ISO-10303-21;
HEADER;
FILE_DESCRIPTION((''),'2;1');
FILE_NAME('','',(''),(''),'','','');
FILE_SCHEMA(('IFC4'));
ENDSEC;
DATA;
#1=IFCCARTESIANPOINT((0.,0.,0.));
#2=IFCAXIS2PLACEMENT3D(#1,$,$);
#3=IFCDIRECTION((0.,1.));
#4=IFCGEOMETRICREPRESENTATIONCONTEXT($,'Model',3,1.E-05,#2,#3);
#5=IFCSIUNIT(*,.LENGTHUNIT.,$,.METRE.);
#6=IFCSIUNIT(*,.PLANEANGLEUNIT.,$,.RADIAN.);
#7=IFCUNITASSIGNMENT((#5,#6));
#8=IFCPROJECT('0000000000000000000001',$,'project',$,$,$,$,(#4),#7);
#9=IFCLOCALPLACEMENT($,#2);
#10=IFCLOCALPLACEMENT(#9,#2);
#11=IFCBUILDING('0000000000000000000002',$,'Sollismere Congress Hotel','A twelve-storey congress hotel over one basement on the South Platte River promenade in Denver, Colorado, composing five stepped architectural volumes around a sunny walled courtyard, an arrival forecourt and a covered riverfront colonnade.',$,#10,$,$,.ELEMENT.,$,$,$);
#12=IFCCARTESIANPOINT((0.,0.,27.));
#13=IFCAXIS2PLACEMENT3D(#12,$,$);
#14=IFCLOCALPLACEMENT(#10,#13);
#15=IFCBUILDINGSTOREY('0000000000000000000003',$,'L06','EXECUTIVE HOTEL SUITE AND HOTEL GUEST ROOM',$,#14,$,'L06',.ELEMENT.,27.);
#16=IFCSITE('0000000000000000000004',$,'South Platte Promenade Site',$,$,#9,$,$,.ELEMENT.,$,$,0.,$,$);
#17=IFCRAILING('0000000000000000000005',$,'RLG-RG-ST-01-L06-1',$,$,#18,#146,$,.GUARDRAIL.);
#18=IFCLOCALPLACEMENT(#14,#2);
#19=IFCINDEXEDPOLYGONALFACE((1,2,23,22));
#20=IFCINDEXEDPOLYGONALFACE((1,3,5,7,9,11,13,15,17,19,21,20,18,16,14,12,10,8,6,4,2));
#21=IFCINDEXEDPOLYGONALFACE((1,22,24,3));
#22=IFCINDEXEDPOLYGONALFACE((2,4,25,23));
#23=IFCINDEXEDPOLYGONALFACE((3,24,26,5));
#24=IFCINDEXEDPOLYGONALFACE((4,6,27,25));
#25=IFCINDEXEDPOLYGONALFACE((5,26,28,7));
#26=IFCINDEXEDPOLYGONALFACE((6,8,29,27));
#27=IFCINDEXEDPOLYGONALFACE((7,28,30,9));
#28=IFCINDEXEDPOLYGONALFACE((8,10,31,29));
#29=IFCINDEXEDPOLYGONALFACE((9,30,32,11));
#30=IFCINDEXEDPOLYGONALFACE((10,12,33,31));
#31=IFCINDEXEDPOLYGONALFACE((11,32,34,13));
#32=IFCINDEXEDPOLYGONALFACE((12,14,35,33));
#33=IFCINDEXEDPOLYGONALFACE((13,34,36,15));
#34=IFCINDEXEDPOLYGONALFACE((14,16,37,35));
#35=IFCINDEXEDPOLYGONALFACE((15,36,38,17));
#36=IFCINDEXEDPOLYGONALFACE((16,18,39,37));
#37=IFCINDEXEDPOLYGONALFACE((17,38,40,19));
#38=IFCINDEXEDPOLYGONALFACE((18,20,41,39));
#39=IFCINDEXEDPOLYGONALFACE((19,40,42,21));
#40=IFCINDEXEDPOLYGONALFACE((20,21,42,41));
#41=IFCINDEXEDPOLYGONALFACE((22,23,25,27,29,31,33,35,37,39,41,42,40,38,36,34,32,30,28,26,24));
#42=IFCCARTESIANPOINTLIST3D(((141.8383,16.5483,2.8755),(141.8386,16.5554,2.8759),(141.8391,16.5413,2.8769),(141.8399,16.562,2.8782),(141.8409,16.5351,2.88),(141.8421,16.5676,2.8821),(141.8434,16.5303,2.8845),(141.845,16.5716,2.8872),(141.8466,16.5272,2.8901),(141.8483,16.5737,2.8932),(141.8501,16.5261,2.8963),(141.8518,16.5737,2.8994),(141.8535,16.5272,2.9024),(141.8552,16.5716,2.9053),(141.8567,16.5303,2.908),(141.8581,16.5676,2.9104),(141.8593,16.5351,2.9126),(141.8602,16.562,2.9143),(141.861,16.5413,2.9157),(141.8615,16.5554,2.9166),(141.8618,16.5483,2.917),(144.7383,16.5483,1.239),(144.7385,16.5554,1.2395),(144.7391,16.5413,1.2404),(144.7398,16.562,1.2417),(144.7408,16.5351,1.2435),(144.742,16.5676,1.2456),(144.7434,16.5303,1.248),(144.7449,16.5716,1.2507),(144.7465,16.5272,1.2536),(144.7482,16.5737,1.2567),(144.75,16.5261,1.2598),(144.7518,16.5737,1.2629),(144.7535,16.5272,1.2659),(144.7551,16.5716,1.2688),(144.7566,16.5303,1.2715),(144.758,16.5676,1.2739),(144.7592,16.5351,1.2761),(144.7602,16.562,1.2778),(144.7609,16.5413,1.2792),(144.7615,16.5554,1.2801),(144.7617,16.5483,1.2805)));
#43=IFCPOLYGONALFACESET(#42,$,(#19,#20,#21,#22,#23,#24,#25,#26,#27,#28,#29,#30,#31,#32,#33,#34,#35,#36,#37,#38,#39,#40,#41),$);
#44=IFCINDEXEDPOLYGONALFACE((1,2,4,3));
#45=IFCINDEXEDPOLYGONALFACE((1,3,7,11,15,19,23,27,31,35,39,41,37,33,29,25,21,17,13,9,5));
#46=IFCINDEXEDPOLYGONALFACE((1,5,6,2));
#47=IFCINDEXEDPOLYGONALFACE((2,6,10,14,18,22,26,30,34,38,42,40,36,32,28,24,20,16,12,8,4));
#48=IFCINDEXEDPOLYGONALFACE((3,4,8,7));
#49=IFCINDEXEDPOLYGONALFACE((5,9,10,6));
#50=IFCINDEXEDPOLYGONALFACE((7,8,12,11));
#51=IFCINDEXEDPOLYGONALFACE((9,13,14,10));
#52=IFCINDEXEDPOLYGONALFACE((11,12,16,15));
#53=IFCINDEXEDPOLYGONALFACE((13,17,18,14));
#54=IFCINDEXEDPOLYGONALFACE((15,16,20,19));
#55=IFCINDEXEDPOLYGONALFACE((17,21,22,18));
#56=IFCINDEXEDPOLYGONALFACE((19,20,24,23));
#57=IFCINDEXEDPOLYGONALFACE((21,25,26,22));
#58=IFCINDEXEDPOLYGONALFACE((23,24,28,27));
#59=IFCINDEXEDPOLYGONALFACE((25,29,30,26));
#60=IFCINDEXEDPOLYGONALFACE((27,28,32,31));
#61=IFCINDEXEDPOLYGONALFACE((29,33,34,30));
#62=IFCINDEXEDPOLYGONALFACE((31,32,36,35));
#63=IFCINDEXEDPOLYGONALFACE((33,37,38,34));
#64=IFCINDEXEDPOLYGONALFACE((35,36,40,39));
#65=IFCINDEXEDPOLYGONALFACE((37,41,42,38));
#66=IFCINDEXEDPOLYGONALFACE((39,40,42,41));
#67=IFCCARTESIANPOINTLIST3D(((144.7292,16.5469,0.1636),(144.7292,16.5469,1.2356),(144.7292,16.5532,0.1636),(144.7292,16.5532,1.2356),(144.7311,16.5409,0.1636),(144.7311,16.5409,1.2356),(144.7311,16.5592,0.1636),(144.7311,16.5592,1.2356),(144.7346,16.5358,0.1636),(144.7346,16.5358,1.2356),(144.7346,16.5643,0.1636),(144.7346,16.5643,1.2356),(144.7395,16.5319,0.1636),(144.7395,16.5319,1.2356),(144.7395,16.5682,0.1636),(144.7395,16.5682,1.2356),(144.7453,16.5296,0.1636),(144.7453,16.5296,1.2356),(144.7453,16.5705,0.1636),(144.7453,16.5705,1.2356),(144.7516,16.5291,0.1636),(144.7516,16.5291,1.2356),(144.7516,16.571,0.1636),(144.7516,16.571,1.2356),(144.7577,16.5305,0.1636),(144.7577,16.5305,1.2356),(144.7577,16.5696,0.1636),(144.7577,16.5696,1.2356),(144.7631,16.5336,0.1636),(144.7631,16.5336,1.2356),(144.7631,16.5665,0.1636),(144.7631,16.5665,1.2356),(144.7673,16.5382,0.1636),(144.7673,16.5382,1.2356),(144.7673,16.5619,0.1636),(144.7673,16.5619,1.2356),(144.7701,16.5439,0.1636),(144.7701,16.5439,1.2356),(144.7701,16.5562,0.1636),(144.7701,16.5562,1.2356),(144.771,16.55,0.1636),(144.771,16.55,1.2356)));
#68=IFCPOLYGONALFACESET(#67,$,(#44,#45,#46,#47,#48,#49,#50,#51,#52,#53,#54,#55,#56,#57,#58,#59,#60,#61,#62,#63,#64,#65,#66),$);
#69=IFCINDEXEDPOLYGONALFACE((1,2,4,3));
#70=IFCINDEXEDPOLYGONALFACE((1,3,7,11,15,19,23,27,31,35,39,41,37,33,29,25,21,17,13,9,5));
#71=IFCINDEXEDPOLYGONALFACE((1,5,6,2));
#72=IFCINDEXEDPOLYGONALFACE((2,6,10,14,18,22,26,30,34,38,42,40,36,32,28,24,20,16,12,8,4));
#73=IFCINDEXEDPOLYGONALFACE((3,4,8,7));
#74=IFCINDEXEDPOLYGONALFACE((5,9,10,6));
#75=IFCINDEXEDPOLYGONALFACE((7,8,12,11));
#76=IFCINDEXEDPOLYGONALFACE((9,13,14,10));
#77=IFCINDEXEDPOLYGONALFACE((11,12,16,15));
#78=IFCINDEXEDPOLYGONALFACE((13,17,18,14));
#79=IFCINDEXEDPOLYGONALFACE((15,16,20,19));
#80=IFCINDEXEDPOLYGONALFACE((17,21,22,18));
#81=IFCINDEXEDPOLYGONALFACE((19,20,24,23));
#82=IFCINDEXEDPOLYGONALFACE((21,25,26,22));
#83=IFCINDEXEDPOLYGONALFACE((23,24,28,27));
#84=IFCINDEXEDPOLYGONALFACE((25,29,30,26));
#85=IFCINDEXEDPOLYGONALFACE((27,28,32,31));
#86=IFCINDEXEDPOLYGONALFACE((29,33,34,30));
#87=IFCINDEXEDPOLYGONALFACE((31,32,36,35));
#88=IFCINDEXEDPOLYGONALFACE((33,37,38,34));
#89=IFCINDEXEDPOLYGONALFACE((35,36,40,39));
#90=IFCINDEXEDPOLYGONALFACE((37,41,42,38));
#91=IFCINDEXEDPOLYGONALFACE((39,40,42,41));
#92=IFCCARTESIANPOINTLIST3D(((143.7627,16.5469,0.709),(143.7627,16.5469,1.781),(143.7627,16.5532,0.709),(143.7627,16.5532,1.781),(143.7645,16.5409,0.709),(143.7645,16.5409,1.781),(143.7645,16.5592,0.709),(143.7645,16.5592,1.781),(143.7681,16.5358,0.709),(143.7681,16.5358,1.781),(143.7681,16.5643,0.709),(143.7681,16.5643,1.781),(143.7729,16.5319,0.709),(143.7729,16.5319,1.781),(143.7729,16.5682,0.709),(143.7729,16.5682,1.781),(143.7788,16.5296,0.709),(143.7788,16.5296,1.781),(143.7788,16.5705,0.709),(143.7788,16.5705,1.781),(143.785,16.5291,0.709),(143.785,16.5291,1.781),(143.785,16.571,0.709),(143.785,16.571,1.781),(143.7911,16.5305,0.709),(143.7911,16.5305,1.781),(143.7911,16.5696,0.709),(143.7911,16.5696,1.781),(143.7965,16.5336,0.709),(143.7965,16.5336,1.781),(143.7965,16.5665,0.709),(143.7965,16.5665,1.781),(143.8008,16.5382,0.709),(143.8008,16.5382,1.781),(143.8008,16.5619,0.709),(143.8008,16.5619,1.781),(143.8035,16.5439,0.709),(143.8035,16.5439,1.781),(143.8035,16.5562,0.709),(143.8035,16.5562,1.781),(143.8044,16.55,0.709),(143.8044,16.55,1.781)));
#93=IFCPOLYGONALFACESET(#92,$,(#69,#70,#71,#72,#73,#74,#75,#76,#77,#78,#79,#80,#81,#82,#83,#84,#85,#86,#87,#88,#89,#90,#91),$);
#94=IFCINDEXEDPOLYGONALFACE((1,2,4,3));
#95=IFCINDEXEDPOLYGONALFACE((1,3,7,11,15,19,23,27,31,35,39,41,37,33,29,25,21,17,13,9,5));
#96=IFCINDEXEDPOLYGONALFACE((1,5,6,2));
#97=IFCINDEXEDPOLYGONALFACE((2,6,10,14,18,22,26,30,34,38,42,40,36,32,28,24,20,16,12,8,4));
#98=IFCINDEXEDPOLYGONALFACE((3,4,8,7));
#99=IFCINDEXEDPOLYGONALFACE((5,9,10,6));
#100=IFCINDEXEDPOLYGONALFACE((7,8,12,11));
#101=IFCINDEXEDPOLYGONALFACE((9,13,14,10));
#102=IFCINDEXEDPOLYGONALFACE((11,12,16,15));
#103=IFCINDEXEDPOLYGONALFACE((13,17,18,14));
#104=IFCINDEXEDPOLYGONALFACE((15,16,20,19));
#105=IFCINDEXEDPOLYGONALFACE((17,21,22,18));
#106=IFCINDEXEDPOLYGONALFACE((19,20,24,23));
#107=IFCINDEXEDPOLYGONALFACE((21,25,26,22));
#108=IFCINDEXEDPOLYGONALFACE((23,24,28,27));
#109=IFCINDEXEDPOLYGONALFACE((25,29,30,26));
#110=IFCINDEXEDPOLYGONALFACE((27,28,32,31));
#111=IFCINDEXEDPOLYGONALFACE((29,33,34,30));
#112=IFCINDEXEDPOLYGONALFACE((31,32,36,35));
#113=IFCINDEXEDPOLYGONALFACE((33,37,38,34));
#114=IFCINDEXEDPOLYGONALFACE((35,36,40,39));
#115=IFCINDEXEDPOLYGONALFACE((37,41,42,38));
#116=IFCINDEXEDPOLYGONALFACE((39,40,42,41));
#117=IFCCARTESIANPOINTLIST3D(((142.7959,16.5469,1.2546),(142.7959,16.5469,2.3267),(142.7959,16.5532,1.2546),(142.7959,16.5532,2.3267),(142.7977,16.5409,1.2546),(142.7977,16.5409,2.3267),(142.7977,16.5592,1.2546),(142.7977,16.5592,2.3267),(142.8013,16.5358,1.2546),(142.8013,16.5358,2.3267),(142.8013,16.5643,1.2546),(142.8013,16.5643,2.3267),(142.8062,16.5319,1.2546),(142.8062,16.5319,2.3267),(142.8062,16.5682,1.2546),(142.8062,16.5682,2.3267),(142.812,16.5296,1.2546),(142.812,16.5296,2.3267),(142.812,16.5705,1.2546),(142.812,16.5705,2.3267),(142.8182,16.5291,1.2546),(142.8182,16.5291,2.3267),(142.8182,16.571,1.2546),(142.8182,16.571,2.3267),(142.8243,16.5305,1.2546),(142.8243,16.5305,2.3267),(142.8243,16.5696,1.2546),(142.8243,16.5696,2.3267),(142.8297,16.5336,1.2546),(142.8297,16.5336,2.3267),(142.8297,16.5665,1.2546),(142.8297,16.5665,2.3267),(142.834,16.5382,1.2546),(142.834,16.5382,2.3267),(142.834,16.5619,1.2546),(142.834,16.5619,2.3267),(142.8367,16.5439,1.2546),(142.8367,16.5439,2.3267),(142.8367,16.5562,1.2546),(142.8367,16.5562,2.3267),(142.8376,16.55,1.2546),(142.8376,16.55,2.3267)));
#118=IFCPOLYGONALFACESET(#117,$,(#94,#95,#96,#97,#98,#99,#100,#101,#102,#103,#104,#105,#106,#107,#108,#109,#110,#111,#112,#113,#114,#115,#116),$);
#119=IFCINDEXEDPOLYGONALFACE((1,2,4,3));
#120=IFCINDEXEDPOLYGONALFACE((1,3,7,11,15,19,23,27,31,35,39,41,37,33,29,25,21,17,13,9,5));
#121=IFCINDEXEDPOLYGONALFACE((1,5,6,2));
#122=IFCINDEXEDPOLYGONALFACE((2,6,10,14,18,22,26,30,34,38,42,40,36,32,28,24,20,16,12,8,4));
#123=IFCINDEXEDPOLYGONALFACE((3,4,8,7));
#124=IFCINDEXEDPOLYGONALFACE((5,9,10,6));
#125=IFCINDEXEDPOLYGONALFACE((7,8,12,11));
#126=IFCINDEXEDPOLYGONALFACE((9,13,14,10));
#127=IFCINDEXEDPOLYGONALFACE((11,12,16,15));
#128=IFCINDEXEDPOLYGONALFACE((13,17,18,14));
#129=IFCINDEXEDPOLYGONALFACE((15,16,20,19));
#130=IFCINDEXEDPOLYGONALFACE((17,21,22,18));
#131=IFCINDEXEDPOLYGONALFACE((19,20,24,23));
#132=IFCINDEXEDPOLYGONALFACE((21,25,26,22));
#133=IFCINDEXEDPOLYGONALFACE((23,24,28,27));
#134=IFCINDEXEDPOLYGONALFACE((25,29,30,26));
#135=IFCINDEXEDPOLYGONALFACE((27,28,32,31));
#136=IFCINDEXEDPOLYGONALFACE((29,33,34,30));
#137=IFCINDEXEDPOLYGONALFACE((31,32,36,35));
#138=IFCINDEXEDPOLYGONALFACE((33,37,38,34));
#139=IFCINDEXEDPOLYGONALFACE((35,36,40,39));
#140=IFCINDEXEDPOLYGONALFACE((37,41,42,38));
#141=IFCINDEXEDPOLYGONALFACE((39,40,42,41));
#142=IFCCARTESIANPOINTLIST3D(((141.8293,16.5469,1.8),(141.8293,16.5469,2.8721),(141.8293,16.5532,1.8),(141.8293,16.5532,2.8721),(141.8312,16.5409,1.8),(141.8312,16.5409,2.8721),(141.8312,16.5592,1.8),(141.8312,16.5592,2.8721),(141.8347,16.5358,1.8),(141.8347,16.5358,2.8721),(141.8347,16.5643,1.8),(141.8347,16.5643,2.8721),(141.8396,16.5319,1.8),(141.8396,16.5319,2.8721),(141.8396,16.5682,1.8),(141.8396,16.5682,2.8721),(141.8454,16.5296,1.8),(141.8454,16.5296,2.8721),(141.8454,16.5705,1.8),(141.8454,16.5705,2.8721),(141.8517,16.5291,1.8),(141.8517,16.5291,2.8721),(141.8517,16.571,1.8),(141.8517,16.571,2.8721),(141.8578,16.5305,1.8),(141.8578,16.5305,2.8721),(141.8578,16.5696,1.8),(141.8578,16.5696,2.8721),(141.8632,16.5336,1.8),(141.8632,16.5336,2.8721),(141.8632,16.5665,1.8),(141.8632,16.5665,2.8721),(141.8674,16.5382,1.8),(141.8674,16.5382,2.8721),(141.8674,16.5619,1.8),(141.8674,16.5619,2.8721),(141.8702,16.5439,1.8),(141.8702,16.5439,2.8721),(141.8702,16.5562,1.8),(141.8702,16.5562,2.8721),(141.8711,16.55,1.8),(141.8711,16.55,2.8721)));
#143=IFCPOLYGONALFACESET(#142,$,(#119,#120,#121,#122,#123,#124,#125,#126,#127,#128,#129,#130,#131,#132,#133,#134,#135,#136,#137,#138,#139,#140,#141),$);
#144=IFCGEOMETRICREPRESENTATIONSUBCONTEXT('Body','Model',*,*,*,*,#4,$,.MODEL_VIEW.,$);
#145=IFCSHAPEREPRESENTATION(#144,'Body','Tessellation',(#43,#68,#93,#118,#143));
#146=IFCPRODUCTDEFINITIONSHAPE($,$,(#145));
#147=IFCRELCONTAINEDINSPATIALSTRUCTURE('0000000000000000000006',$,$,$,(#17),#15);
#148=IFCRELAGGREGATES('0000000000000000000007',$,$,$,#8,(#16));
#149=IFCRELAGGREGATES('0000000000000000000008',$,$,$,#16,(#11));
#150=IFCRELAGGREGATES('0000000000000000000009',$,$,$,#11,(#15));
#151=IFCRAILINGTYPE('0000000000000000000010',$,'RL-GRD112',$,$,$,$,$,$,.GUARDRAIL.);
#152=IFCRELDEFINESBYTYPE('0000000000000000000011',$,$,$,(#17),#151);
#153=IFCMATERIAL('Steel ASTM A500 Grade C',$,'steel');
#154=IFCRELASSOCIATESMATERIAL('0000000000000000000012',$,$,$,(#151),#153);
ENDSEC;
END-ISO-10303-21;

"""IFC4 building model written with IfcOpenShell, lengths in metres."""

from ifc_helpers import new_model, si_unit, direction, frame, origin, origin_2d, place, context, subcontext, project, spatial, circle, extrude, material, type_object, element, save


model = new_model("IFC4")

# Units and contexts
model_context = context("Model", 3, precision=1e-05, world=origin(), true_north=direction((0.0, 1.0)))
body_context = subcontext(model_context, "Body", "Model", "MODEL_VIEW")
ifc_project = project(units=[si_unit("LENGTHUNIT", "METRE"), si_unit("PLANEANGLEUNIT", "RADIAN")], contexts=[model_context])

# Site, building, storey
site_placement = place(None, origin())
site = spatial("IfcSite", under=ifc_project, at=site_placement, Name="South Platte Promenade Site", CompositionType="ELEMENT", RefElevation=0.0)
building_placement = place(site_placement, origin())
building = spatial("IfcBuilding", under=site, at=building_placement, Name="Sollismere Congress Hotel", Description="A twelve-storey congress hotel over one basement on the South Platte River promenade in Denver, Colorado, composing five stepped architectural volumes around a sunny walled courtyard, an arrival forecourt and a covered riverfront colonnade.", CompositionType="ELEMENT")
storey_placement = place(building_placement, frame((0.0, 0.0, 27.0)))
storey = spatial("IfcBuildingStorey", under=building, at=storey_placement, Name="L06", Description="EXECUTIVE HOTEL SUITE AND HOTEL GUEST ROOM", LongName="L06", CompositionType="ELEMENT", Elevation=27.0)

# Railing
ifc_material_1 = material(Name="Steel ASTM A500 Grade C", Category="steel")
railing_type_1 = type_object("IfcRailingType", Name="RL-GRD112", PredefinedType="GUARDRAIL", material=ifc_material_1)
railing_1_placement = place(storey_placement, frame((144.75, 16.55, 0.1636)))
element("IfcRailing", 1, at=railing_1_placement, inside=storey, type_object=railing_type_1, Name="RLG-RG-ST-01-L06-1", PredefinedType="GUARDRAIL", context=body_context, shape_type="SweptSolid", body=[
    extrude(circle(Radius=0.0239, at=origin_2d()), frame((0.0, 0.0, 1.0962), z_axis=(-0.870897, 0.0, 0.491465), x_axis=(0.0, -1.0, 0.0)), (0.0, 0.0, 1.0), 3.3298),
    extrude(circle(Radius=0.021, at=origin_2d()), origin(), (0.0, 0.0, 1.0), 1.072),
    extrude(circle(Radius=0.021, at=origin_2d()), frame((-0.9666, 0.0, 0.5454)), (0.0, 0.0, 1.0), 1.072),
    extrude(circle(Radius=0.021, at=origin_2d()), frame((-1.9333, 0.0, 1.0911)), (0.0, 0.0, 1.0), 1.072),
    extrude(circle(Radius=0.021, at=origin_2d()), frame((-2.8999, 0.0, 1.6365)), (0.0, 0.0, 1.0), 1.072),
])

save(model, "model.ifc")
